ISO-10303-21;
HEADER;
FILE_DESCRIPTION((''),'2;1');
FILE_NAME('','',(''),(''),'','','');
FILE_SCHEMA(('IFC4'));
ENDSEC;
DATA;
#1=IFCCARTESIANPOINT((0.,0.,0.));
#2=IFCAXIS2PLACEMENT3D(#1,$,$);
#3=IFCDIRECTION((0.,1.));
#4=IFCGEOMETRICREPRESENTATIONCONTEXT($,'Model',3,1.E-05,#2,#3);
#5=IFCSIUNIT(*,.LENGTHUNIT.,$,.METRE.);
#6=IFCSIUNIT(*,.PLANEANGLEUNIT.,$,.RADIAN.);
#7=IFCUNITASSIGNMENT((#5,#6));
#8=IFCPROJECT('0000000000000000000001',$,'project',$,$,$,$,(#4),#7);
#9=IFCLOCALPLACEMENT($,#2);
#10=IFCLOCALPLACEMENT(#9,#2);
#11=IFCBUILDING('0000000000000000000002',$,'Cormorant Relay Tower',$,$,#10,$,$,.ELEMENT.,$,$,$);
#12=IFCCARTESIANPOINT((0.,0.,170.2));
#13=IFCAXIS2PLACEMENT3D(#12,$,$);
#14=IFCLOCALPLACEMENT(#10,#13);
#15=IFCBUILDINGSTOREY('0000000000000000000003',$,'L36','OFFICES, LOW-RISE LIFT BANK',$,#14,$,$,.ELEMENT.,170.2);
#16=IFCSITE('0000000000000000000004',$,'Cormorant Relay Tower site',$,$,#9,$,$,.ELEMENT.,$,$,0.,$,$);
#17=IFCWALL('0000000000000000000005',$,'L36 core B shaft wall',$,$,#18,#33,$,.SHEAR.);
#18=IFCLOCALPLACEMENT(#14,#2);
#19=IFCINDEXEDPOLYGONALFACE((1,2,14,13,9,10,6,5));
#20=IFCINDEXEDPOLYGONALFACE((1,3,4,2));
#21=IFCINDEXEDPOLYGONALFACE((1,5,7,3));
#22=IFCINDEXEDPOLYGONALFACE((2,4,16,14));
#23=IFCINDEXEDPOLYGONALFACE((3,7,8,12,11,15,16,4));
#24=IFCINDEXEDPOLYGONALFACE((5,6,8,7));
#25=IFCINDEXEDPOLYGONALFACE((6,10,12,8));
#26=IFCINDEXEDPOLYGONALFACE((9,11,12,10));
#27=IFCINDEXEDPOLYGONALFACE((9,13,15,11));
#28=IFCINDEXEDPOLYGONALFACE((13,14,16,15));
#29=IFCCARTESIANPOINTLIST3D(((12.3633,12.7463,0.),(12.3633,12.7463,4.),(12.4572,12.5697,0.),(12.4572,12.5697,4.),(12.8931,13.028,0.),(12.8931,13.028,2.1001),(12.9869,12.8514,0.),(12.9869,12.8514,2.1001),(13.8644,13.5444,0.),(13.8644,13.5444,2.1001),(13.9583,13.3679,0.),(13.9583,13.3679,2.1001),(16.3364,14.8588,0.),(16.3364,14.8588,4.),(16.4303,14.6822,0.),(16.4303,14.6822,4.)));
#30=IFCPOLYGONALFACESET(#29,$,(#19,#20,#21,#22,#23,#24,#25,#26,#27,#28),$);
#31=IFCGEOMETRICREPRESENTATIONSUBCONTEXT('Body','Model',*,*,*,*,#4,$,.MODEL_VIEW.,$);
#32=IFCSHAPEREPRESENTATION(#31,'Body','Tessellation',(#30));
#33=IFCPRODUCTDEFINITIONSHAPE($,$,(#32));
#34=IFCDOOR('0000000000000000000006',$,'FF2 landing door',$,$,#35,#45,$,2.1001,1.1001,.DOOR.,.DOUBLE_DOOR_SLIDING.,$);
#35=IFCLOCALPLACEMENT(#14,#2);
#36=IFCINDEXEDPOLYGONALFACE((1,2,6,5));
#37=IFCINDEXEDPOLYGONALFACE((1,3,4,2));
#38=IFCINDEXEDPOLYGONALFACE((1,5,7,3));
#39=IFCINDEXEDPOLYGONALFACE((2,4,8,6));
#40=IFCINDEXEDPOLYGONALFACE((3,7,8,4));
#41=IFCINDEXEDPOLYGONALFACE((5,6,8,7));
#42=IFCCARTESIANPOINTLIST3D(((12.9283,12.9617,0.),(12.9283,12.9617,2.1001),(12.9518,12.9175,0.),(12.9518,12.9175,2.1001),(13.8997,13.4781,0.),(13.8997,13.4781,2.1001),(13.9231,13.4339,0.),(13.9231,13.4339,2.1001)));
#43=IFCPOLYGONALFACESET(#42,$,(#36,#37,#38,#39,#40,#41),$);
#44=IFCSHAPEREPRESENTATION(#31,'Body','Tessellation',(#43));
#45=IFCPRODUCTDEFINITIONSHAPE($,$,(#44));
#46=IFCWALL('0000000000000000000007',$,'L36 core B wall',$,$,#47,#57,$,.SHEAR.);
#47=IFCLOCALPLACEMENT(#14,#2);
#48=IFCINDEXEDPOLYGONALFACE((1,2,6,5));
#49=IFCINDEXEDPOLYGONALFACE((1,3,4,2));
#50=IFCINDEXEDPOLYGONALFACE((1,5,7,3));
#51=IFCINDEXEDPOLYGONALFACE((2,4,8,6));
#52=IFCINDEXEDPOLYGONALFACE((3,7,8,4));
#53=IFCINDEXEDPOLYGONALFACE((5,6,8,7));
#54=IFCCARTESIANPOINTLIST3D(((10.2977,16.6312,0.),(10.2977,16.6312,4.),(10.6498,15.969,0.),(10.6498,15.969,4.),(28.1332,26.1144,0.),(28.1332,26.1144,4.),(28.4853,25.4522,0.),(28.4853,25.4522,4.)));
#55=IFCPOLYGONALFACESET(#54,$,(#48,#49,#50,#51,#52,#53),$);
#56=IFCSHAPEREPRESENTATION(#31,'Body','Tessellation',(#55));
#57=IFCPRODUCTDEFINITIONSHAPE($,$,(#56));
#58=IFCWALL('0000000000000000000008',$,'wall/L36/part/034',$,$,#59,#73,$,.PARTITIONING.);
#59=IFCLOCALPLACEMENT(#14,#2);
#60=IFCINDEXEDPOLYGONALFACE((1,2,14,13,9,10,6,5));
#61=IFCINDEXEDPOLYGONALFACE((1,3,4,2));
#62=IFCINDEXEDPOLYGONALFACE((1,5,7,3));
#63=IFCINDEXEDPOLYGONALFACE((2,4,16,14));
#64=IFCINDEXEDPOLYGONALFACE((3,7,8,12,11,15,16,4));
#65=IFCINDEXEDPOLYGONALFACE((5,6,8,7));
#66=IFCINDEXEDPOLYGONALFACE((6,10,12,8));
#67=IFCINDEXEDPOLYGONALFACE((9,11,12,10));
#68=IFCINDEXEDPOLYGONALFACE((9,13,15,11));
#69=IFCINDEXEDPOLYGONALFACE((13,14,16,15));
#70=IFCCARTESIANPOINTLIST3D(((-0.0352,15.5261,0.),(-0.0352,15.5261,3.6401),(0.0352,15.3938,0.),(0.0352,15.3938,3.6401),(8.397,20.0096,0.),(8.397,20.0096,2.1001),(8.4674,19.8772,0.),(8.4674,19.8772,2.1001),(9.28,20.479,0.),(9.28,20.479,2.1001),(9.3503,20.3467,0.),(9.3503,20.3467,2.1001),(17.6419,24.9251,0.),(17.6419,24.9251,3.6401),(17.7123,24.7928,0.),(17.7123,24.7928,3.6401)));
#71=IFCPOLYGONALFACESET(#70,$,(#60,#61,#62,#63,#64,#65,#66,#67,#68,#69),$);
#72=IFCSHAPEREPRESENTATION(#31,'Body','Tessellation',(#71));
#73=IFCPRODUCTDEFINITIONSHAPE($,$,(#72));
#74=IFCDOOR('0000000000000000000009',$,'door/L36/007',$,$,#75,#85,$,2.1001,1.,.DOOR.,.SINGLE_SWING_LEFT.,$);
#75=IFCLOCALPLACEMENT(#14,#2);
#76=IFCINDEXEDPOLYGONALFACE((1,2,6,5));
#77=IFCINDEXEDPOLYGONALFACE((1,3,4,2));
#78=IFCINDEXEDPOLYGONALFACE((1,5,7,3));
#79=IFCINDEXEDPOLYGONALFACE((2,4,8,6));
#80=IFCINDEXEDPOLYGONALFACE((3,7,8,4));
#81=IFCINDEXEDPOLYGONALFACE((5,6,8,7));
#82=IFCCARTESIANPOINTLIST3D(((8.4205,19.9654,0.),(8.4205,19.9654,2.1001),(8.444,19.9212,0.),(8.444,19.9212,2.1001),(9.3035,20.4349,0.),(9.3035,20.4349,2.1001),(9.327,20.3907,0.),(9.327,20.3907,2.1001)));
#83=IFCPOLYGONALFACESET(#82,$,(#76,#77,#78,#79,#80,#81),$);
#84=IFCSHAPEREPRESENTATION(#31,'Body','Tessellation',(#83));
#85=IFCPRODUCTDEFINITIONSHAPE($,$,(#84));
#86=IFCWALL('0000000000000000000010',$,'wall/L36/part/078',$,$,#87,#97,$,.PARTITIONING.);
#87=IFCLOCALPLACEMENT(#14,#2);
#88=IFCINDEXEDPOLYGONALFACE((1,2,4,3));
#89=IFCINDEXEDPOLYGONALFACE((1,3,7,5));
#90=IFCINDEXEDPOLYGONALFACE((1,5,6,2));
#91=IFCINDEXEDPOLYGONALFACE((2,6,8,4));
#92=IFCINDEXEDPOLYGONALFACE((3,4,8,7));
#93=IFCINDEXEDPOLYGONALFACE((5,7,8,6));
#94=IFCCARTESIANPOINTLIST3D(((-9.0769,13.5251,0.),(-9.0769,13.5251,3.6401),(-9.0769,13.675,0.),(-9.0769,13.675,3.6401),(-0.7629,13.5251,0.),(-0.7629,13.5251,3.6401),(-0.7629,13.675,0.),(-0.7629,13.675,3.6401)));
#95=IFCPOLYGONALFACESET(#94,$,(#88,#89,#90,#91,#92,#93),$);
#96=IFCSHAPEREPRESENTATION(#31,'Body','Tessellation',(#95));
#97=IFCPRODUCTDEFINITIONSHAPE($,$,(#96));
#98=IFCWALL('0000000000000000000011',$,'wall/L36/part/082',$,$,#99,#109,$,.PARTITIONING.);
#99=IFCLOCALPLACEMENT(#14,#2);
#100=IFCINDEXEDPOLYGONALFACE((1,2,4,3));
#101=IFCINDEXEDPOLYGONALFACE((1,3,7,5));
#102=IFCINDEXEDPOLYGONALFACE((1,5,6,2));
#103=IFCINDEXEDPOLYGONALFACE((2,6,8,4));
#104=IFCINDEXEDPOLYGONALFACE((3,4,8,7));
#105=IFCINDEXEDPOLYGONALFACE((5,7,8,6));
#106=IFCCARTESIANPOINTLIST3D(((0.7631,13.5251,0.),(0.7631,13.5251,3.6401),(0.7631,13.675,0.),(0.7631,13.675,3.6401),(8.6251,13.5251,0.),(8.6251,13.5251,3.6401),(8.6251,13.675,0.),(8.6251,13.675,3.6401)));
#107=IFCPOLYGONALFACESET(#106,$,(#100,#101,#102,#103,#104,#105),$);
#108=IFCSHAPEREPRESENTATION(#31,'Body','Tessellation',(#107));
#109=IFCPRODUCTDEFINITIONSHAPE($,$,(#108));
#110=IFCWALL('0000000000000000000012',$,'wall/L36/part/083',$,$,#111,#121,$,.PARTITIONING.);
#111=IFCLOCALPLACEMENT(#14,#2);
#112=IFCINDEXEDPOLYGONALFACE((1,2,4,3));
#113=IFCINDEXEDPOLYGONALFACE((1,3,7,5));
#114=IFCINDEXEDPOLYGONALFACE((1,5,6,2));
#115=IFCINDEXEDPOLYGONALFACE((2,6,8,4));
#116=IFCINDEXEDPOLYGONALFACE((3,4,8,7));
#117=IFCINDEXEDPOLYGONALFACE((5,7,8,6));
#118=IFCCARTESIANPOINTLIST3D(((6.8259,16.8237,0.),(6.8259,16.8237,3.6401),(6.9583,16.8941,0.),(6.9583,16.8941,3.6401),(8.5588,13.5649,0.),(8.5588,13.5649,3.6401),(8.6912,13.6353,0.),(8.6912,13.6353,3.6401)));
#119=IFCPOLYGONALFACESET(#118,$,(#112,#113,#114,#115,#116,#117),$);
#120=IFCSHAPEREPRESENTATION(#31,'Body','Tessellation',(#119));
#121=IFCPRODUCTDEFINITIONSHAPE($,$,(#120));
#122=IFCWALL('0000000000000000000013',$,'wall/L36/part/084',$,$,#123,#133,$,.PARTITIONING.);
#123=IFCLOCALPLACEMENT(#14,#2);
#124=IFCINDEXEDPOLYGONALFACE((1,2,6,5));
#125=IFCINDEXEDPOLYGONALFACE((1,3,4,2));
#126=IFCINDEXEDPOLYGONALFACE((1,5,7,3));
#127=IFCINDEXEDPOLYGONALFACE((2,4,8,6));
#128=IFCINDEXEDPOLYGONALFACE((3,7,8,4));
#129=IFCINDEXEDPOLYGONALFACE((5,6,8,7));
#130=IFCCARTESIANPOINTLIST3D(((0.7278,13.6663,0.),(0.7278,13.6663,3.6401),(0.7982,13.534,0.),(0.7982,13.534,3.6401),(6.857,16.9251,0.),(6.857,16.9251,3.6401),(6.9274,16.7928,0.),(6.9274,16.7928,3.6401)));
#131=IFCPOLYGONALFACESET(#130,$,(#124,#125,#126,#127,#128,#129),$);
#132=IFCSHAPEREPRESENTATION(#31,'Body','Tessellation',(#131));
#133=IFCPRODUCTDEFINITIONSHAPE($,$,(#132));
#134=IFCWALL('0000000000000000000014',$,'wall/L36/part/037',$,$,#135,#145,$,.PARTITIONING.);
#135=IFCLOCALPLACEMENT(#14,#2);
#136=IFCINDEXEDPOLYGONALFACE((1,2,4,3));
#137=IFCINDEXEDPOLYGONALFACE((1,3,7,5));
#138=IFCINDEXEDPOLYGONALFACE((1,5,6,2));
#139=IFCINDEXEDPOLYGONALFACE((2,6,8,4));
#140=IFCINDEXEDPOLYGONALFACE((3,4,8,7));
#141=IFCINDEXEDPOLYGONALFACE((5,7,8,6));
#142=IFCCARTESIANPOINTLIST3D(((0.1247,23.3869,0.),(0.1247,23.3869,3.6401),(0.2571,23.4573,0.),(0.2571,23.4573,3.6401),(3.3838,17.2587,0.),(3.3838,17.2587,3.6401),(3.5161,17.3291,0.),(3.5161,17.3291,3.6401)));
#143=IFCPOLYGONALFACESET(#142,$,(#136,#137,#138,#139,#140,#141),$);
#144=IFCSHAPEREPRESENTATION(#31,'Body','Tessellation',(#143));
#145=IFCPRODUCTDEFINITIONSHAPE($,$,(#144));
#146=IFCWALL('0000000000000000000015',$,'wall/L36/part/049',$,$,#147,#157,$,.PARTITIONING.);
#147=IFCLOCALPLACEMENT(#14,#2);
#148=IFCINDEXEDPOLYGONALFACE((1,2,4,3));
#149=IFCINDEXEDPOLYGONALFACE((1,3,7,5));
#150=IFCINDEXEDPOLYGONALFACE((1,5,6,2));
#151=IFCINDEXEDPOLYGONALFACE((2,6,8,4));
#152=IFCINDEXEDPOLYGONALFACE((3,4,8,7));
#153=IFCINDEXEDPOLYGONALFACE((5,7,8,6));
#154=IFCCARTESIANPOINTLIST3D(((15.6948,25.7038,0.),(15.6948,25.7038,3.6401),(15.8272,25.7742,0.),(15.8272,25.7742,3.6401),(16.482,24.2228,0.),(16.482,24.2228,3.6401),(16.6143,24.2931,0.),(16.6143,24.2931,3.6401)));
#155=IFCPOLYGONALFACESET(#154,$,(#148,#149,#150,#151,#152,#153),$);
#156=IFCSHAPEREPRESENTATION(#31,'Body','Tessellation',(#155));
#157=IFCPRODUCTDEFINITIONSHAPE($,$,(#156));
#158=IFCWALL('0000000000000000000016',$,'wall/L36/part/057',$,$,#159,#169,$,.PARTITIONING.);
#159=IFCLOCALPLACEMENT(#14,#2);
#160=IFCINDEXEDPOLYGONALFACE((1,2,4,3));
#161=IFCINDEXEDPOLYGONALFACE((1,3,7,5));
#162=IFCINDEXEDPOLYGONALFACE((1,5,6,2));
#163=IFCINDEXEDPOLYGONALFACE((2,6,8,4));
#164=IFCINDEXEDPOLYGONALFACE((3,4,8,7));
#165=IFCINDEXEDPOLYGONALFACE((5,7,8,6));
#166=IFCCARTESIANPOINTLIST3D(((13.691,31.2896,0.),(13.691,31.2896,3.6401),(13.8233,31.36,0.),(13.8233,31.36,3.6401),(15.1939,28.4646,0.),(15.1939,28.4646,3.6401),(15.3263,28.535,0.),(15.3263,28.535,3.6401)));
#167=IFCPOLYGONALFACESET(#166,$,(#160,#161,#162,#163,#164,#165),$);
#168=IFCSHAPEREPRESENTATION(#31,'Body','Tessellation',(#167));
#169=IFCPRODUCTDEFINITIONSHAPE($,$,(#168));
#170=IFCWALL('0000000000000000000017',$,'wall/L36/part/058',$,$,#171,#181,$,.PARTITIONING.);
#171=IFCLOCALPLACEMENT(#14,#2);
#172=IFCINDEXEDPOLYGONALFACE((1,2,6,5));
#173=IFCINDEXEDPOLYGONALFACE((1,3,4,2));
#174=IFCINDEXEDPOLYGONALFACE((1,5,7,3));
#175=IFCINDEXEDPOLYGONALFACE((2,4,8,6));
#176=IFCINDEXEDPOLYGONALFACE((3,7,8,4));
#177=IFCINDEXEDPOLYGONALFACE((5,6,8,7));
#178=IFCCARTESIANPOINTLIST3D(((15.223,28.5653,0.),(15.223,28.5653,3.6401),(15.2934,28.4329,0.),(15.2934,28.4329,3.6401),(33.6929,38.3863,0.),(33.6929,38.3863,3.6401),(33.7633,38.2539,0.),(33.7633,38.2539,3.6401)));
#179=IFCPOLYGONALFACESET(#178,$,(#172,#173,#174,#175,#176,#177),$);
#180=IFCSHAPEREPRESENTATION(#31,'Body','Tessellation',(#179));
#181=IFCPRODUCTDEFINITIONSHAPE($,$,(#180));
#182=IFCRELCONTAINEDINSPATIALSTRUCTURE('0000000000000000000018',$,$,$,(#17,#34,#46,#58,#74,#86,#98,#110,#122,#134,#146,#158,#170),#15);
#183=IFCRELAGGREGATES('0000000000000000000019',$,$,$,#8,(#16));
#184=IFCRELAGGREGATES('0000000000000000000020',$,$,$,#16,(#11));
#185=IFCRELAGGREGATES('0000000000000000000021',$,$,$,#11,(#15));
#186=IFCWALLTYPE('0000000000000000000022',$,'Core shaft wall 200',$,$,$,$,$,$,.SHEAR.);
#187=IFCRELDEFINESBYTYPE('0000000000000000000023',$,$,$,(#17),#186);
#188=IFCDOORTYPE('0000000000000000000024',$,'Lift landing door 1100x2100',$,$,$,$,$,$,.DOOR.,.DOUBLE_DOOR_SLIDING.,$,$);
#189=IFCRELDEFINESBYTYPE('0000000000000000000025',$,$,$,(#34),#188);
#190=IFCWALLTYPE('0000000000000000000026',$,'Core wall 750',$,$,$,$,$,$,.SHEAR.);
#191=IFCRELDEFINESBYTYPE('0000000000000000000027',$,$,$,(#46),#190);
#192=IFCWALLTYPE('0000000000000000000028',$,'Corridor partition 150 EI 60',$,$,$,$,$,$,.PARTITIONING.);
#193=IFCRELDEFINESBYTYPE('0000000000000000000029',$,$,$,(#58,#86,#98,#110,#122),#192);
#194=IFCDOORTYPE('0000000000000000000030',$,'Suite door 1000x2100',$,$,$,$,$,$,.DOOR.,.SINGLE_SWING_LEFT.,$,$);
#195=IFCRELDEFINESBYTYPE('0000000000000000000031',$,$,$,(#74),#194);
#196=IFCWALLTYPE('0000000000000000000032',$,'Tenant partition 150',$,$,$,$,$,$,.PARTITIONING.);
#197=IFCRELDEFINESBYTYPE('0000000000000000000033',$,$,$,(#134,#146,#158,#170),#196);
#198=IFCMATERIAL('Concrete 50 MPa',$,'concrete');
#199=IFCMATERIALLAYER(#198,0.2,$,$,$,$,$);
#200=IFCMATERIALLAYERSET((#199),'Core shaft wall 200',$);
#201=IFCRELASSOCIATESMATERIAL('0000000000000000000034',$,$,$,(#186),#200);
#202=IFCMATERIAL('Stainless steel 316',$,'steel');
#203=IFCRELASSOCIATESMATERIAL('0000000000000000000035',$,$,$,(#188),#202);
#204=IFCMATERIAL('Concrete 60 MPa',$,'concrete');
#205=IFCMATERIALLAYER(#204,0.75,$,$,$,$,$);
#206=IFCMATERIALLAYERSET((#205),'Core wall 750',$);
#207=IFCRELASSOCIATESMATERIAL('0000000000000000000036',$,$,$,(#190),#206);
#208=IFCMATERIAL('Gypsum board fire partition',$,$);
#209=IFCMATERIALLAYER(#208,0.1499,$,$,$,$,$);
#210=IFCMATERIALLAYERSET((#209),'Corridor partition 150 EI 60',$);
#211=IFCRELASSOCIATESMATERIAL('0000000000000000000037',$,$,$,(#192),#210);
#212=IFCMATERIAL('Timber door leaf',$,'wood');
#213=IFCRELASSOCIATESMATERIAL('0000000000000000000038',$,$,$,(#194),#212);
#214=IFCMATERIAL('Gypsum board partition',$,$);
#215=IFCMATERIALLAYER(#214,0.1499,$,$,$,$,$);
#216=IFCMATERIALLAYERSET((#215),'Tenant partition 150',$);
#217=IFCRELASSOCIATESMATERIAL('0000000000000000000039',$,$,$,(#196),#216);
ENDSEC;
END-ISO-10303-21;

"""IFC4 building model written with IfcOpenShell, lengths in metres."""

from ifc_helpers import new_model, si_unit, direction, frame, frame_2d, origin, place, context, subcontext, project, spatial, rectangle, extrude, material, layer, layer_set, type_object, element, fill, save


model = new_model("IFC4")

# Units and contexts
model_context = context("Model", 3, precision=1e-05, world=origin(), true_north=direction((0.0, 1.0)))
body_context = subcontext(model_context, "Body", "Model", "MODEL_VIEW")
ifc_project = project(units=[si_unit("LENGTHUNIT", "METRE"), si_unit("PLANEANGLEUNIT", "RADIAN")], contexts=[model_context])

# Site, building, storey
site_placement = place(None, origin())
site = spatial("IfcSite", under=ifc_project, at=site_placement, Name="Cormorant Relay Tower site", CompositionType="ELEMENT", RefElevation=0.0)
building_placement = place(site_placement, origin())
building = spatial("IfcBuilding", under=site, at=building_placement, Name="Cormorant Relay Tower", CompositionType="ELEMENT")
storey_placement = place(building_placement, frame((0.0, 0.0, 170.2)))
storey = spatial("IfcBuildingStorey", under=building, at=storey_placement, Name="L36", Description="OFFICES, LOW-RISE LIFT BANK", CompositionType="ELEMENT", Elevation=170.2)

# Shared definitions
ifc_material_1 = material(Name="Concrete 50 MPa", Category="concrete")
ifc_layer_1 = layer(ifc_material_1, 0.2)
ifc_layer_set_1 = layer_set([ifc_layer_1], Name="Core shaft wall 200")
wall_type_1 = type_object("IfcWallType", Name="Core shaft wall 200", PredefinedType="SHEAR", material=ifc_layer_set_1)

# Wall, opening, door
wall_1_placement = place(storey_placement, frame((12.4102, 12.658, 0.0), z_axis=(0.0, 0.0, 1.0), x_axis=(0.882948, 0.46947, 0.0)))
wall_1 = element("IfcWall", 1, at=wall_1_placement, inside=storey, type_object=wall_type_1, Name="L36 core B shaft wall", PredefinedType="SHEAR", context=body_context, shape_type="SweptSolid", body=[
    extrude(rectangle(XDim=4.4998, YDim=0.2, at=frame_2d((2.25, 0.0))), origin(), (0.0, 0.0, 1.0), 4.0),
])
opening_1_placement = place(wall_1_placement, frame((0.6001, 0.0, 0.0)))
opening_1 = element("IfcOpeningElement", 2, at=opening_1_placement, cuts=wall_1, PredefinedType="OPENING", context=body_context, shape_type="SweptSolid", body=[
    extrude(rectangle(XDim=1.1001, YDim=2.1001, at=frame_2d((0.55, 1.05))), frame((0.0, 0.1099, 0.0), z_axis=(0.0, -1.0, 0.0), x_axis=(1.0, 0.0, 0.0)), (0.0, 0.0, 1.0), 0.22),
])
ifc_material_2 = material(Name="Stainless steel 316", Category="steel")
door_type_1 = type_object("IfcDoorType", Name="Lift landing door 1100x2100", OperationType="DOUBLE_DOOR_SLIDING", PredefinedType="DOOR", material=ifc_material_2)
door_1_placement = place(opening_1_placement, origin())
door_1 = element("IfcDoor", 3, at=door_1_placement, inside=storey, type_object=door_type_1, Name="FF2 landing door", OperationType="DOUBLE_DOOR_SLIDING", OverallHeight=2.1001, OverallWidth=1.1001, PredefinedType="DOOR", context=body_context, shape_type="SweptSolid", body=[
    extrude(rectangle(XDim=1.1001, YDim=2.1001, at=frame_2d((0.55, 1.05))), frame((0.0, 0.0249, 0.0), z_axis=(0.0, -1.0, 0.0), x_axis=(1.0, 0.0, 0.0)), (0.0, 0.0, 1.0), 0.05),
])
fill(opening_1, door_1)

# Wall
ifc_material_3 = material(Name="Concrete 60 MPa", Category="concrete")
ifc_layer_2 = layer(ifc_material_3, 0.75)
ifc_layer_set_2 = layer_set([ifc_layer_2], Name="Core wall 750")
wall_type_2 = type_object("IfcWallType", Name="Core wall 750", PredefinedType="SHEAR", material=ifc_layer_set_2)
wall_2_placement = place(storey_placement, frame((10.4736, 16.3, 0.0), z_axis=(0.0, 0.0, 1.0), x_axis=(0.88295, 0.469467, 0.0)))
element("IfcWall", 4, at=wall_2_placement, inside=storey, type_object=wall_type_2, Name="L36 core B wall", PredefinedType="SHEAR", context=body_context, shape_type="SweptSolid", body=[
    extrude(rectangle(XDim=20.2, YDim=0.75, at=frame_2d((10.1001, 0.0))), origin(), (0.0, 0.0, 1.0), 4.0),
])

# Wall, opening, door
ifc_material_4 = material(Name="Gypsum board fire partition")
ifc_layer_3 = layer(ifc_material_4, 0.1499)
ifc_layer_set_3 = layer_set([ifc_layer_3], Name="Corridor partition 150 EI 60")
wall_type_3 = type_object("IfcWallType", Name="Corridor partition 150 EI 60", PredefinedType="PARTITIONING", material=ifc_layer_set_3)
wall_3_placement = place(storey_placement, frame((0.0, 15.46, 0.0), z_axis=(0.0, 0.0, 1.0), x_axis=(0.88295, 0.469468, 0.0)))
wall_3 = element("IfcWall", 5, at=wall_3_placement, inside=storey, type_object=wall_type_3, Name="wall/L36/part/034", PredefinedType="PARTITIONING", context=body_context, shape_type="SweptSolid", body=[
    extrude(rectangle(XDim=20.0205, YDim=0.1499, at=frame_2d((10.0103, 0.0))), origin(), (0.0, 0.0, 1.0), 3.6401),
])
opening_2_placement = place(wall_3_placement, frame((9.55, 0.0, 0.0)))
opening_2 = element("IfcOpeningElement", 6, at=opening_2_placement, cuts=wall_3, PredefinedType="OPENING", context=body_context, shape_type="SweptSolid", body=[
    extrude(rectangle(XDim=1.0, YDim=2.1001, at=frame_2d((0.5, 1.05))), frame((0.0, 0.085, 0.0), z_axis=(0.0, -1.0, 0.0), x_axis=(1.0, 0.0, 0.0)), (0.0, 0.0, 1.0), 0.1699),
])
ifc_material_5 = material(Name="Timber door leaf", Category="wood")
door_type_2 = type_object("IfcDoorType", Name="Suite door 1000x2100", OperationType="SINGLE_SWING_LEFT", PredefinedType="DOOR", material=ifc_material_5)
door_2_placement = place(opening_2_placement, origin())
door_2 = element("IfcDoor", 7, at=door_2_placement, inside=storey, type_object=door_type_2, Name="door/L36/007", OperationType="SINGLE_SWING_LEFT", OverallHeight=2.1001, OverallWidth=1.0, PredefinedType="DOOR", context=body_context, shape_type="SweptSolid", body=[
    extrude(rectangle(XDim=1.0, YDim=2.1001, at=frame_2d((0.5, 1.05))), frame((0.0, 0.0249, 0.0), z_axis=(0.0, -1.0, 0.0), x_axis=(1.0, 0.0, 0.0)), (0.0, 0.0, 1.0), 0.05),
])
fill(opening_2, door_2)

# Walls
wall_4_placement = place(storey_placement, frame((-0.7629, 13.6001, 0.0), z_axis=(0.0, 0.0, 1.0), x_axis=(-1.0, 0.0, 0.0)))
element("IfcWall", 8, at=wall_4_placement, inside=storey, type_object=wall_type_3, Name="wall/L36/part/078", PredefinedType="PARTITIONING", context=body_context, shape_type="SweptSolid", body=[
    extrude(rectangle(XDim=8.314, YDim=0.1499, at=frame_2d((4.157, 0.0))), origin(), (0.0, 0.0, 1.0), 3.6401),
])
wall_5_placement = place(storey_placement, frame((0.7629, 13.6001, 0.0), z_axis=(0.0, 0.0, 1.0), x_axis=(1.0, 0.0, 0.0)))
element("IfcWall", 9, at=wall_5_placement, inside=storey, type_object=wall_type_3, Name="wall/L36/part/082", PredefinedType="PARTITIONING", context=body_context, shape_type="SweptSolid", body=[
    extrude(rectangle(XDim=7.8621, YDim=0.1499, at=frame_2d((3.9312, 0.0))), origin(), (0.0, 0.0, 1.0), 3.6401),
])
wall_6_placement = place(storey_placement, frame((8.625, 13.6001, 0.0), z_axis=(0.0, 0.0, 1.0), x_axis=(-0.46951, 0.882927, 0.0)))
element("IfcWall", 10, at=wall_6_placement, inside=storey, type_object=wall_type_3, Name="wall/L36/part/083", PredefinedType="PARTITIONING", context=body_context, shape_type="SweptSolid", body=[
    extrude(rectangle(XDim=3.6909, YDim=0.1499, at=frame_2d((1.8455, 0.0))), origin(), (0.0, 0.0, 1.0), 3.6401),
])
wall_7_placement = place(storey_placement, frame((6.8921, 16.8589, 0.0), z_axis=(0.0, 0.0, 1.0), x_axis=(-0.882956, -0.469456, 0.0)))
element("IfcWall", 11, at=wall_7_placement, inside=storey, type_object=wall_type_3, Name="wall/L36/part/084", PredefinedType="PARTITIONING", context=body_context, shape_type="SweptSolid", body=[
    extrude(rectangle(XDim=6.9417, YDim=0.1499, at=frame_2d((3.4707, 0.0))), origin(), (0.0, 0.0, 1.0), 3.6401),
])
ifc_material_6 = material(Name="Gypsum board partition")
ifc_layer_4 = layer(ifc_material_6, 0.1499)
ifc_layer_set_4 = layer_set([ifc_layer_4], Name="Tenant partition 150")
wall_type_4 = type_object("IfcWallType", Name="Tenant partition 150", PredefinedType="PARTITIONING", material=ifc_layer_set_4)
wall_8_placement = place(storey_placement, frame((0.1909, 23.4221, 0.0), z_axis=(0.0, 0.0, 1.0), x_axis=(0.469542, -0.88291, 0.0)))
element("IfcWall", 12, at=wall_8_placement, inside=storey, type_object=wall_type_4, Name="wall/L36/part/037", PredefinedType="PARTITIONING", context=body_context, shape_type="SweptSolid", body=[
    extrude(rectangle(XDim=6.9409, YDim=0.1499, at=frame_2d((3.4705, 0.0))), origin(), (0.0, 0.0, 1.0), 3.6401),
])
wall_9_placement = place(storey_placement, frame((15.761, 25.739, 0.0), z_axis=(0.0, 0.0, 1.0), x_axis=(0.469318, -0.883029, 0.0)))
element("IfcWall", 13, at=wall_9_placement, inside=storey, type_object=wall_type_4, Name="wall/L36/part/049", PredefinedType="PARTITIONING", context=body_context, shape_type="SweptSolid", body=[
    extrude(rectangle(XDim=1.6772, YDim=0.1499, at=frame_2d((0.8386, 0.0))), origin(), (0.0, 0.0, 1.0), 3.6401),
])
wall_10_placement = place(storey_placement, frame((13.7571, 31.325, 0.0), z_axis=(0.0, 0.0, 1.0), x_axis=(0.469685, -0.882834, 0.0)))
element("IfcWall", 14, at=wall_10_placement, inside=storey, type_object=wall_type_4, Name="wall/L36/part/057", PredefinedType="PARTITIONING", context=body_context, shape_type="SweptSolid", body=[
    extrude(rectangle(XDim=3.2, YDim=0.1499, at=frame_2d((1.6001, 0.0))), origin(), (0.0, 0.0, 1.0), 3.6401),
])
wall_11_placement = place(storey_placement, frame((15.2581, 28.499, 0.0), z_axis=(0.0, 0.0, 1.0), x_axis=(0.88294, 0.469486, 0.0)))
element("IfcWall", 15, at=wall_11_placement, inside=storey, type_object=wall_type_4, Name="wall/L36/part/058", PredefinedType="PARTITIONING", context=body_context, shape_type="SweptSolid", body=[
    extrude(rectangle(XDim=20.9187, YDim=0.1499, at=frame_2d((10.4595, 0.0))), origin(), (0.0, 0.0, 1.0), 3.6401),
])

save(model, "model.ifc")
